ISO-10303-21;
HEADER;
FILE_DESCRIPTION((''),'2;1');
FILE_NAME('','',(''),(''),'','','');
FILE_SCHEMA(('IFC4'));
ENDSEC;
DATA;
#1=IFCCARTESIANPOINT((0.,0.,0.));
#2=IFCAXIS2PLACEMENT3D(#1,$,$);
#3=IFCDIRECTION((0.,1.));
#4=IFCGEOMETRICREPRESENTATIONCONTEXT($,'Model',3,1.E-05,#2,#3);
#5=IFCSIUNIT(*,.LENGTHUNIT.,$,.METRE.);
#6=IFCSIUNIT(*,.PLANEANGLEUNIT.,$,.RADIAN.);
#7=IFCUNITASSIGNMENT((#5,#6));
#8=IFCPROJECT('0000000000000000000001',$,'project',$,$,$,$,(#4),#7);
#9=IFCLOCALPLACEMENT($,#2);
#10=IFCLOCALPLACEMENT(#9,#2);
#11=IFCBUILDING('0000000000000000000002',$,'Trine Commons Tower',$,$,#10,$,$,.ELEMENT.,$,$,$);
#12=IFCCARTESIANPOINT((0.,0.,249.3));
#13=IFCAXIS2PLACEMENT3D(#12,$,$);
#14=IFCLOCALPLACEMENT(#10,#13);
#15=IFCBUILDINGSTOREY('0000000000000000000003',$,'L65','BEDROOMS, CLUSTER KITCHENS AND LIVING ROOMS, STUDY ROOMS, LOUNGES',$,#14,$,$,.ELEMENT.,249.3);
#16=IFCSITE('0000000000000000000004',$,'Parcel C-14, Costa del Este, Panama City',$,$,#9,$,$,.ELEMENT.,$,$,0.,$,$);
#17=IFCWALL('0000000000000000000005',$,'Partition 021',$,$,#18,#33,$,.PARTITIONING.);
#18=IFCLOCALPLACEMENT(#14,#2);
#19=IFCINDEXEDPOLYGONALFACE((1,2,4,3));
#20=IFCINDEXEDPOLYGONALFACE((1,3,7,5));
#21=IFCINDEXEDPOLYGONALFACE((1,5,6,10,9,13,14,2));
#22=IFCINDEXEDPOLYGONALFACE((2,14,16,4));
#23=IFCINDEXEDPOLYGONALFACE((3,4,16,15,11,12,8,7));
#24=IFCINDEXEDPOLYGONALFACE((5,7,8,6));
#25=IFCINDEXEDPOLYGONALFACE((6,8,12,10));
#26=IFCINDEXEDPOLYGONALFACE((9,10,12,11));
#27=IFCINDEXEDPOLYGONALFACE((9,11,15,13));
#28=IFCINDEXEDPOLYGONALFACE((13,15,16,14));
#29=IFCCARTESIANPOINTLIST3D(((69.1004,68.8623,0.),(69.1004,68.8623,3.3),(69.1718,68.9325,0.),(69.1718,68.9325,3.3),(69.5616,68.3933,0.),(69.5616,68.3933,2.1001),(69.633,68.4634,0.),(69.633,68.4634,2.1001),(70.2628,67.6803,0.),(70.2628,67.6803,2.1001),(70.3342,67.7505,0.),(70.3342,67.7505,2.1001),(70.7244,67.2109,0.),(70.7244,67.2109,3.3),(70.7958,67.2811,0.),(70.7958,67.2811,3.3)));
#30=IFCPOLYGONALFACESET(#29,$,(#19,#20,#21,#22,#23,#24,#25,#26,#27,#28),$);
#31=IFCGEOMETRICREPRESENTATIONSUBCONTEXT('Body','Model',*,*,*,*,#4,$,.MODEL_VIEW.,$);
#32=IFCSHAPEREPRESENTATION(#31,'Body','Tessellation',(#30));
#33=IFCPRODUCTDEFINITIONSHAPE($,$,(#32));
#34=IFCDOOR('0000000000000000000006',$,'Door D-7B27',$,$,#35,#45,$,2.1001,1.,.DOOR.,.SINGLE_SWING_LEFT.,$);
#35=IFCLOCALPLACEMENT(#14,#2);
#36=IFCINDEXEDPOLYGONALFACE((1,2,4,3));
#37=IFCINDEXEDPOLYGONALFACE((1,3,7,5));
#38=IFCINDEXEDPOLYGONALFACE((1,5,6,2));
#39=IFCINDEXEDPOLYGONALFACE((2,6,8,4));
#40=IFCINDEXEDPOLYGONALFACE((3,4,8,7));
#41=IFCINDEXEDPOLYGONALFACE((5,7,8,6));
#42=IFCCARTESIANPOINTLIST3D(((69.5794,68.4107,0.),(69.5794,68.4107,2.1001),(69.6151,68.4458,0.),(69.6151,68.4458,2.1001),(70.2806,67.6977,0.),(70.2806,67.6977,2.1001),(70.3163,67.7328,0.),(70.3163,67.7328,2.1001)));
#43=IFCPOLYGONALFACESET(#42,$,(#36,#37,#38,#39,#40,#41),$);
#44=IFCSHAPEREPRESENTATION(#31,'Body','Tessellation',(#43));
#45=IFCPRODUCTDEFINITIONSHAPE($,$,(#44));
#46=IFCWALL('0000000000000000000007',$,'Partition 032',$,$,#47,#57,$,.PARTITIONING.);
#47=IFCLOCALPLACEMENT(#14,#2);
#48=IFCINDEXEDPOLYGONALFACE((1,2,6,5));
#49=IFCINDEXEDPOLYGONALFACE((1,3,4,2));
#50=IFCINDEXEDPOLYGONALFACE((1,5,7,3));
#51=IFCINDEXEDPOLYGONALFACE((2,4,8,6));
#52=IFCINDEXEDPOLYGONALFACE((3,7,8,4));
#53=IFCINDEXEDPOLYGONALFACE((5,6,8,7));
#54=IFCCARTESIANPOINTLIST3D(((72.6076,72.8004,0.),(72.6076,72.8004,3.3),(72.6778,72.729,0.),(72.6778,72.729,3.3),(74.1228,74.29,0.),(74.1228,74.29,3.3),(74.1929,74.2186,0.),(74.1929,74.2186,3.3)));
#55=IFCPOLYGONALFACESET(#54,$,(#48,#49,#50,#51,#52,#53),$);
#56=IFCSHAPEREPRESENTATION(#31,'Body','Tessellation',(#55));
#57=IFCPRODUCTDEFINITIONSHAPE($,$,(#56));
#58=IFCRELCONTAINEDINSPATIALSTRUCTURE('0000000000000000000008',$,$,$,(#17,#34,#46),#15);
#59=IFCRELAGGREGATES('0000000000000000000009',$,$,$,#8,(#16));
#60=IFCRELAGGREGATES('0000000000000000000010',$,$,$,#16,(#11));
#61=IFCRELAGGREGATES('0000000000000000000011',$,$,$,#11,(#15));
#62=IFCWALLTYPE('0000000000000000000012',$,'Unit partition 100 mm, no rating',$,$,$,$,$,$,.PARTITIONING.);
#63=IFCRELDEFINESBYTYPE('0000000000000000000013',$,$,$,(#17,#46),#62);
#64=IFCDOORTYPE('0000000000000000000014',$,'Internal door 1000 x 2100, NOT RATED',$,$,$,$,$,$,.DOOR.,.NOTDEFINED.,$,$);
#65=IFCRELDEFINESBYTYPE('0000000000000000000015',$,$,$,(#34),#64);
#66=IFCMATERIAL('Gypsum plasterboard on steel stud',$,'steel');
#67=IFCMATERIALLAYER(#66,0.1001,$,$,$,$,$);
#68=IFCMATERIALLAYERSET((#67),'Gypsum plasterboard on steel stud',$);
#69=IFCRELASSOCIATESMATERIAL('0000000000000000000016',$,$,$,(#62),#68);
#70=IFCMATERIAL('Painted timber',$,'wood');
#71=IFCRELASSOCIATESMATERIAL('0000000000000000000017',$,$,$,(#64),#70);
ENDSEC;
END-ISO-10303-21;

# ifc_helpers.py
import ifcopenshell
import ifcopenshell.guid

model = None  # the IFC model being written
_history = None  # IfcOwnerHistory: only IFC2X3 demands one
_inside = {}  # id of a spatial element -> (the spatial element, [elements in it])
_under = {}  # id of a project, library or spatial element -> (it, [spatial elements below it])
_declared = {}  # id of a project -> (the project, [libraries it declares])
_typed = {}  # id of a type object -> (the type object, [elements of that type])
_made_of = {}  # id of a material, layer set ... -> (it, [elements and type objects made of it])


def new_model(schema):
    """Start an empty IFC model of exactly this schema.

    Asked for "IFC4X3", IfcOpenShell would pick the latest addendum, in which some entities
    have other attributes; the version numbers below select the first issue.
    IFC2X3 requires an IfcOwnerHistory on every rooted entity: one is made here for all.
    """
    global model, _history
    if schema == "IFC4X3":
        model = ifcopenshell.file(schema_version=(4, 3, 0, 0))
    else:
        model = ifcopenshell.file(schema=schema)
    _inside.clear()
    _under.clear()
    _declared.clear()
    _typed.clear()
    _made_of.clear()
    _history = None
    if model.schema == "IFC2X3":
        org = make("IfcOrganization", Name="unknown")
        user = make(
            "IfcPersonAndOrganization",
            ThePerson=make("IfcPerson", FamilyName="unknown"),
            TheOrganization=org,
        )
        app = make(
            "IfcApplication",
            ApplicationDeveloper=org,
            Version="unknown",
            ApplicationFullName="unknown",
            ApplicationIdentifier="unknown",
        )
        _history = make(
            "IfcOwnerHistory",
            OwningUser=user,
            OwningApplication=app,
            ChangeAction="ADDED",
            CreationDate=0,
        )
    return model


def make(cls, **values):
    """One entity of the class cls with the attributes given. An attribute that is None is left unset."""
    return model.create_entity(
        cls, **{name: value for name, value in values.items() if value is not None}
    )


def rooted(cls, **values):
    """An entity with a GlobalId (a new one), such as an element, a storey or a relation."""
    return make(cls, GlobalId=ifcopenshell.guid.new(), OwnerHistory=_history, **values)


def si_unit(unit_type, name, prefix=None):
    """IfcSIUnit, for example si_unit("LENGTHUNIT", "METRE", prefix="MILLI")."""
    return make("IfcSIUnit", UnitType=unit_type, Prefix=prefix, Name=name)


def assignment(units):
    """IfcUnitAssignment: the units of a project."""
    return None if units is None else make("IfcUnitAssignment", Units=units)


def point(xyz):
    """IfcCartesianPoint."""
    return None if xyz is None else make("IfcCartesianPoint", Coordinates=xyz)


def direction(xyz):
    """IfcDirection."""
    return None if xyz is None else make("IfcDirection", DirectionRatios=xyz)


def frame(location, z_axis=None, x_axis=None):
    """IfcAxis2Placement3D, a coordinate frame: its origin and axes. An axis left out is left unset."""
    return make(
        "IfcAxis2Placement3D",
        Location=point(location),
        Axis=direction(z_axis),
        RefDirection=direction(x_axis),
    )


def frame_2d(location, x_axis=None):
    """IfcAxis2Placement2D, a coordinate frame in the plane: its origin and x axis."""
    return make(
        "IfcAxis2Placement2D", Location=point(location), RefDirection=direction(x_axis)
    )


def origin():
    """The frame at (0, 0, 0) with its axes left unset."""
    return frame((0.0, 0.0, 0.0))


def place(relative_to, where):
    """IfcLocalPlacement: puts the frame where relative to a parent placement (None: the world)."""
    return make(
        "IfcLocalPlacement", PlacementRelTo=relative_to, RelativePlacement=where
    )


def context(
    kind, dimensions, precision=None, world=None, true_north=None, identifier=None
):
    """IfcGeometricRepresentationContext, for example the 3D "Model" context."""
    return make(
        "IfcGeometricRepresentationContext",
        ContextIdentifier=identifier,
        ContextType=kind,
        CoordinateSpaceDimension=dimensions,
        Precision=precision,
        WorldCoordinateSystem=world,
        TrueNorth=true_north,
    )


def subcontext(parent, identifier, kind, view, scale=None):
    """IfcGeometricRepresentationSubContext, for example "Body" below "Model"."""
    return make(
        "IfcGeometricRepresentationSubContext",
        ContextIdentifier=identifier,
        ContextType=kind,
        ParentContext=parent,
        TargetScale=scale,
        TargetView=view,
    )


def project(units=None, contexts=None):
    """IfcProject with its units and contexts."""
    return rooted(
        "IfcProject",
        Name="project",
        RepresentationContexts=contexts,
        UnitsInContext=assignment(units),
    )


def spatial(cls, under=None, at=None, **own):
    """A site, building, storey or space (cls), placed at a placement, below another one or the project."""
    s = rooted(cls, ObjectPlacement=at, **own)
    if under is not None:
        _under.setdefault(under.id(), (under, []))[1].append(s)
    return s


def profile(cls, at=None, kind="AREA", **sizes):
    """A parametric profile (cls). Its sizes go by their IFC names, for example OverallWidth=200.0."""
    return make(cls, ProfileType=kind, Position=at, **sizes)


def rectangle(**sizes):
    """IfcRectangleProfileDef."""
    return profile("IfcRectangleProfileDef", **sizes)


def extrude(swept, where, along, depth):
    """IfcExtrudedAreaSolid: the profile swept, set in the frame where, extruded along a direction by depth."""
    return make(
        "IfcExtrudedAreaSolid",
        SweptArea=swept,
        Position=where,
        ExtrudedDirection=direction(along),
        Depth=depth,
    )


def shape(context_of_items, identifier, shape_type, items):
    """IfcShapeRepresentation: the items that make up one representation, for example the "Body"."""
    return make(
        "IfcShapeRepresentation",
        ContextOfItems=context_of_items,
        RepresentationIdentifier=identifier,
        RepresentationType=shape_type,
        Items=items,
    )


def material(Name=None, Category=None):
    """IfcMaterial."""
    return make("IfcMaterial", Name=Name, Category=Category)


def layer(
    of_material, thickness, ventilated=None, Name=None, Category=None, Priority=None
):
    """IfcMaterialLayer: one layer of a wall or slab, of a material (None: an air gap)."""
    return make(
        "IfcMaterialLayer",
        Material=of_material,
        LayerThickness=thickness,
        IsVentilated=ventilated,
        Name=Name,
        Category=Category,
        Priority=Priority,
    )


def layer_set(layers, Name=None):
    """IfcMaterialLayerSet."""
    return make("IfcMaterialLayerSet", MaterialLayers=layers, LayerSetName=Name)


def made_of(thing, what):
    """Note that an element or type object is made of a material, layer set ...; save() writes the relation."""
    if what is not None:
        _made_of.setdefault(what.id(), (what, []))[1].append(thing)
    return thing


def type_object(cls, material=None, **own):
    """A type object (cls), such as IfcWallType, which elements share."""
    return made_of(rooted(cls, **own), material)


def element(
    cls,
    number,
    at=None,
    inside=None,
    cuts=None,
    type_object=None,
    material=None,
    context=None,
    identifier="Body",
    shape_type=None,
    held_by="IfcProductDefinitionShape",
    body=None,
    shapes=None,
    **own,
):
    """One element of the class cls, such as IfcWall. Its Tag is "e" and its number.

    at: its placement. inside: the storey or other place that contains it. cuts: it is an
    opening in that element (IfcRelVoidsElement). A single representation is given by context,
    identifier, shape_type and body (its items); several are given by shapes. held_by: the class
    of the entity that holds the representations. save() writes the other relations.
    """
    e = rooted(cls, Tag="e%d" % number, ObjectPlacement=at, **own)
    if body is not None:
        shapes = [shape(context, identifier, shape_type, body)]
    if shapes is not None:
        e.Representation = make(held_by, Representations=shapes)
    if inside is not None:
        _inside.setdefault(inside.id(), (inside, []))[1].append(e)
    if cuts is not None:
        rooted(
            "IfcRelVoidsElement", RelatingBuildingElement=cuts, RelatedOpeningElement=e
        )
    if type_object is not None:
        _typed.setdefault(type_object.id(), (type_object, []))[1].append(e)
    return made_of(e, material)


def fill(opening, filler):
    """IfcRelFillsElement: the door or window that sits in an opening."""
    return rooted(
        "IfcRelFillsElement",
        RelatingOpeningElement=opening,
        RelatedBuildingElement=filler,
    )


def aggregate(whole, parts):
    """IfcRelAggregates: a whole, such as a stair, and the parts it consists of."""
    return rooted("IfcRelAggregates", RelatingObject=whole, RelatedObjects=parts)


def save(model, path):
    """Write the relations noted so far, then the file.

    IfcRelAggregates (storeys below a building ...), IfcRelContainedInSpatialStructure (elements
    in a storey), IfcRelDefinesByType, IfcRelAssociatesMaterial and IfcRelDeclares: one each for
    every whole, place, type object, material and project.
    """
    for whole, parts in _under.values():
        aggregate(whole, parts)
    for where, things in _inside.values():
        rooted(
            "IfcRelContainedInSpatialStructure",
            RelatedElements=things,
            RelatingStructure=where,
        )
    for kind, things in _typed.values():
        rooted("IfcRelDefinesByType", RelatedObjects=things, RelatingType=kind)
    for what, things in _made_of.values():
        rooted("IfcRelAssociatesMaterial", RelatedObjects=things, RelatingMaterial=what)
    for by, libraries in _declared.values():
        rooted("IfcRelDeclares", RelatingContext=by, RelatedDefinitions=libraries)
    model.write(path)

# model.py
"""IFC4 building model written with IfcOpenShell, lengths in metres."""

from ifc_helpers import new_model, si_unit, direction, frame, frame_2d, origin, place, context, subcontext, project, spatial, rectangle, extrude, material, layer, layer_set, type_object, element, fill, save


model = new_model("IFC4")

# Units and contexts
model_context = context("Model", 3, precision=1e-05, world=origin(), true_north=direction((0.0, 1.0)))
body_context = subcontext(model_context, "Body", "Model", "MODEL_VIEW")
ifc_project = project(units=[si_unit("LENGTHUNIT", "METRE"), si_unit("PLANEANGLEUNIT", "RADIAN")], contexts=[model_context])

# Site, building, storey
site_placement = place(None, origin())
site = spatial("IfcSite", under=ifc_project, at=site_placement, Name="Parcel C-14, Costa del Este, Panama City", CompositionType="ELEMENT", RefElevation=0.0)
building_placement = place(site_placement, origin())
building = spatial("IfcBuilding", under=site, at=building_placement, Name="Trine Commons Tower", CompositionType="ELEMENT")
storey_placement = place(building_placement, frame((0.0, 0.0, 249.3)))
storey = spatial("IfcBuildingStorey", under=building, at=storey_placement, Name="L65", Description="BEDROOMS, CLUSTER KITCHENS AND LIVING ROOMS, STUDY ROOMS, LOUNGES", CompositionType="ELEMENT", Elevation=249.3)

# Shared definitions
ifc_material_1 = material(Name="Gypsum plasterboard on steel stud", Category="steel")

# Wall, opening, door
ifc_material_2 = material(Name="Painted timber", Category="wood")
ifc_layer_1 = layer(ifc_material_1, 0.1001)
ifc_layer_set_1 = layer_set([ifc_layer_1], Name="Gypsum plasterboard on steel stud")
wall_type_1 = type_object("IfcWallType", Name="Unit partition 100 mm, no rating", PredefinedType="PARTITIONING", material=ifc_layer_set_1)
wall_1_placement = place(storey_placement, frame((69.136, 68.8975, 0.0), z_axis=(0.0, 0.0, 1.0), x_axis=(0.701179, -0.712985, 0.0)))
wall_1 = element("IfcWall", 1, at=wall_1_placement, inside=storey, type_object=wall_type_1, Name="Partition 021", PredefinedType="PARTITIONING", context=body_context, shape_type="SweptSolid", body=[
    extrude(rectangle(XDim=2.3162, YDim=0.1001, at=frame_2d((1.1582, 0.0))), origin(), (0.0, 0.0, 1.0), 3.3),
])
opening_1_placement = place(wall_1_placement, frame((0.658, 0.0, 0.0)))
opening_1 = element("IfcOpeningElement", 2, at=opening_1_placement, cuts=wall_1, PredefinedType="OPENING", context=body_context, shape_type="SweptSolid", body=[
    extrude(rectangle(XDim=1.0, YDim=2.1001, at=frame_2d((0.5, 1.05))), frame((0.0, 0.0601, 0.0), z_axis=(0.0, -1.0, 0.0), x_axis=(1.0, 0.0, 0.0)), (0.0, 0.0, 1.0), 0.1201),
])
door_type_1 = type_object("IfcDoorType", Name="Internal door 1000 x 2100, NOT RATED", OperationType="NOTDEFINED", PredefinedType="DOOR", material=ifc_material_2)
door_1_placement = place(opening_1_placement, origin())
door_1 = element("IfcDoor", 3, at=door_1_placement, inside=storey, type_object=door_type_1, Name="Door D-7B27", OperationType="SINGLE_SWING_LEFT", OverallHeight=2.1001, OverallWidth=1.0, PredefinedType="DOOR", context=body_context, shape_type="SweptSolid", body=[
    extrude(rectangle(XDim=1.0, YDim=2.1001, at=frame_2d((0.5, 1.05))), frame((0.0, 0.0249, 0.0), z_axis=(0.0, -1.0, 0.0), x_axis=(1.0, 0.0, 0.0)), (0.0, 0.0, 1.0), 0.05),
])
fill(opening_1, door_1)

# Wall
wall_2_placement = place(storey_placement, frame((72.6426, 72.7646, 0.0), z_axis=(0.0, 0.0, 1.0), x_axis=(0.713114, 0.701048, 0.0)))
element("IfcWall", 4, at=wall_2_placement, inside=storey, type_object=wall_type_1, Name="Partition 032", PredefinedType="PARTITIONING", context=body_context, shape_type="SweptSolid", body=[
    extrude(rectangle(XDim=2.1248, YDim=0.1001, at=frame_2d((1.0625, 0.0))), origin(), (0.0, 0.0, 1.0), 3.3),
])

save(model, "model.ifc")
